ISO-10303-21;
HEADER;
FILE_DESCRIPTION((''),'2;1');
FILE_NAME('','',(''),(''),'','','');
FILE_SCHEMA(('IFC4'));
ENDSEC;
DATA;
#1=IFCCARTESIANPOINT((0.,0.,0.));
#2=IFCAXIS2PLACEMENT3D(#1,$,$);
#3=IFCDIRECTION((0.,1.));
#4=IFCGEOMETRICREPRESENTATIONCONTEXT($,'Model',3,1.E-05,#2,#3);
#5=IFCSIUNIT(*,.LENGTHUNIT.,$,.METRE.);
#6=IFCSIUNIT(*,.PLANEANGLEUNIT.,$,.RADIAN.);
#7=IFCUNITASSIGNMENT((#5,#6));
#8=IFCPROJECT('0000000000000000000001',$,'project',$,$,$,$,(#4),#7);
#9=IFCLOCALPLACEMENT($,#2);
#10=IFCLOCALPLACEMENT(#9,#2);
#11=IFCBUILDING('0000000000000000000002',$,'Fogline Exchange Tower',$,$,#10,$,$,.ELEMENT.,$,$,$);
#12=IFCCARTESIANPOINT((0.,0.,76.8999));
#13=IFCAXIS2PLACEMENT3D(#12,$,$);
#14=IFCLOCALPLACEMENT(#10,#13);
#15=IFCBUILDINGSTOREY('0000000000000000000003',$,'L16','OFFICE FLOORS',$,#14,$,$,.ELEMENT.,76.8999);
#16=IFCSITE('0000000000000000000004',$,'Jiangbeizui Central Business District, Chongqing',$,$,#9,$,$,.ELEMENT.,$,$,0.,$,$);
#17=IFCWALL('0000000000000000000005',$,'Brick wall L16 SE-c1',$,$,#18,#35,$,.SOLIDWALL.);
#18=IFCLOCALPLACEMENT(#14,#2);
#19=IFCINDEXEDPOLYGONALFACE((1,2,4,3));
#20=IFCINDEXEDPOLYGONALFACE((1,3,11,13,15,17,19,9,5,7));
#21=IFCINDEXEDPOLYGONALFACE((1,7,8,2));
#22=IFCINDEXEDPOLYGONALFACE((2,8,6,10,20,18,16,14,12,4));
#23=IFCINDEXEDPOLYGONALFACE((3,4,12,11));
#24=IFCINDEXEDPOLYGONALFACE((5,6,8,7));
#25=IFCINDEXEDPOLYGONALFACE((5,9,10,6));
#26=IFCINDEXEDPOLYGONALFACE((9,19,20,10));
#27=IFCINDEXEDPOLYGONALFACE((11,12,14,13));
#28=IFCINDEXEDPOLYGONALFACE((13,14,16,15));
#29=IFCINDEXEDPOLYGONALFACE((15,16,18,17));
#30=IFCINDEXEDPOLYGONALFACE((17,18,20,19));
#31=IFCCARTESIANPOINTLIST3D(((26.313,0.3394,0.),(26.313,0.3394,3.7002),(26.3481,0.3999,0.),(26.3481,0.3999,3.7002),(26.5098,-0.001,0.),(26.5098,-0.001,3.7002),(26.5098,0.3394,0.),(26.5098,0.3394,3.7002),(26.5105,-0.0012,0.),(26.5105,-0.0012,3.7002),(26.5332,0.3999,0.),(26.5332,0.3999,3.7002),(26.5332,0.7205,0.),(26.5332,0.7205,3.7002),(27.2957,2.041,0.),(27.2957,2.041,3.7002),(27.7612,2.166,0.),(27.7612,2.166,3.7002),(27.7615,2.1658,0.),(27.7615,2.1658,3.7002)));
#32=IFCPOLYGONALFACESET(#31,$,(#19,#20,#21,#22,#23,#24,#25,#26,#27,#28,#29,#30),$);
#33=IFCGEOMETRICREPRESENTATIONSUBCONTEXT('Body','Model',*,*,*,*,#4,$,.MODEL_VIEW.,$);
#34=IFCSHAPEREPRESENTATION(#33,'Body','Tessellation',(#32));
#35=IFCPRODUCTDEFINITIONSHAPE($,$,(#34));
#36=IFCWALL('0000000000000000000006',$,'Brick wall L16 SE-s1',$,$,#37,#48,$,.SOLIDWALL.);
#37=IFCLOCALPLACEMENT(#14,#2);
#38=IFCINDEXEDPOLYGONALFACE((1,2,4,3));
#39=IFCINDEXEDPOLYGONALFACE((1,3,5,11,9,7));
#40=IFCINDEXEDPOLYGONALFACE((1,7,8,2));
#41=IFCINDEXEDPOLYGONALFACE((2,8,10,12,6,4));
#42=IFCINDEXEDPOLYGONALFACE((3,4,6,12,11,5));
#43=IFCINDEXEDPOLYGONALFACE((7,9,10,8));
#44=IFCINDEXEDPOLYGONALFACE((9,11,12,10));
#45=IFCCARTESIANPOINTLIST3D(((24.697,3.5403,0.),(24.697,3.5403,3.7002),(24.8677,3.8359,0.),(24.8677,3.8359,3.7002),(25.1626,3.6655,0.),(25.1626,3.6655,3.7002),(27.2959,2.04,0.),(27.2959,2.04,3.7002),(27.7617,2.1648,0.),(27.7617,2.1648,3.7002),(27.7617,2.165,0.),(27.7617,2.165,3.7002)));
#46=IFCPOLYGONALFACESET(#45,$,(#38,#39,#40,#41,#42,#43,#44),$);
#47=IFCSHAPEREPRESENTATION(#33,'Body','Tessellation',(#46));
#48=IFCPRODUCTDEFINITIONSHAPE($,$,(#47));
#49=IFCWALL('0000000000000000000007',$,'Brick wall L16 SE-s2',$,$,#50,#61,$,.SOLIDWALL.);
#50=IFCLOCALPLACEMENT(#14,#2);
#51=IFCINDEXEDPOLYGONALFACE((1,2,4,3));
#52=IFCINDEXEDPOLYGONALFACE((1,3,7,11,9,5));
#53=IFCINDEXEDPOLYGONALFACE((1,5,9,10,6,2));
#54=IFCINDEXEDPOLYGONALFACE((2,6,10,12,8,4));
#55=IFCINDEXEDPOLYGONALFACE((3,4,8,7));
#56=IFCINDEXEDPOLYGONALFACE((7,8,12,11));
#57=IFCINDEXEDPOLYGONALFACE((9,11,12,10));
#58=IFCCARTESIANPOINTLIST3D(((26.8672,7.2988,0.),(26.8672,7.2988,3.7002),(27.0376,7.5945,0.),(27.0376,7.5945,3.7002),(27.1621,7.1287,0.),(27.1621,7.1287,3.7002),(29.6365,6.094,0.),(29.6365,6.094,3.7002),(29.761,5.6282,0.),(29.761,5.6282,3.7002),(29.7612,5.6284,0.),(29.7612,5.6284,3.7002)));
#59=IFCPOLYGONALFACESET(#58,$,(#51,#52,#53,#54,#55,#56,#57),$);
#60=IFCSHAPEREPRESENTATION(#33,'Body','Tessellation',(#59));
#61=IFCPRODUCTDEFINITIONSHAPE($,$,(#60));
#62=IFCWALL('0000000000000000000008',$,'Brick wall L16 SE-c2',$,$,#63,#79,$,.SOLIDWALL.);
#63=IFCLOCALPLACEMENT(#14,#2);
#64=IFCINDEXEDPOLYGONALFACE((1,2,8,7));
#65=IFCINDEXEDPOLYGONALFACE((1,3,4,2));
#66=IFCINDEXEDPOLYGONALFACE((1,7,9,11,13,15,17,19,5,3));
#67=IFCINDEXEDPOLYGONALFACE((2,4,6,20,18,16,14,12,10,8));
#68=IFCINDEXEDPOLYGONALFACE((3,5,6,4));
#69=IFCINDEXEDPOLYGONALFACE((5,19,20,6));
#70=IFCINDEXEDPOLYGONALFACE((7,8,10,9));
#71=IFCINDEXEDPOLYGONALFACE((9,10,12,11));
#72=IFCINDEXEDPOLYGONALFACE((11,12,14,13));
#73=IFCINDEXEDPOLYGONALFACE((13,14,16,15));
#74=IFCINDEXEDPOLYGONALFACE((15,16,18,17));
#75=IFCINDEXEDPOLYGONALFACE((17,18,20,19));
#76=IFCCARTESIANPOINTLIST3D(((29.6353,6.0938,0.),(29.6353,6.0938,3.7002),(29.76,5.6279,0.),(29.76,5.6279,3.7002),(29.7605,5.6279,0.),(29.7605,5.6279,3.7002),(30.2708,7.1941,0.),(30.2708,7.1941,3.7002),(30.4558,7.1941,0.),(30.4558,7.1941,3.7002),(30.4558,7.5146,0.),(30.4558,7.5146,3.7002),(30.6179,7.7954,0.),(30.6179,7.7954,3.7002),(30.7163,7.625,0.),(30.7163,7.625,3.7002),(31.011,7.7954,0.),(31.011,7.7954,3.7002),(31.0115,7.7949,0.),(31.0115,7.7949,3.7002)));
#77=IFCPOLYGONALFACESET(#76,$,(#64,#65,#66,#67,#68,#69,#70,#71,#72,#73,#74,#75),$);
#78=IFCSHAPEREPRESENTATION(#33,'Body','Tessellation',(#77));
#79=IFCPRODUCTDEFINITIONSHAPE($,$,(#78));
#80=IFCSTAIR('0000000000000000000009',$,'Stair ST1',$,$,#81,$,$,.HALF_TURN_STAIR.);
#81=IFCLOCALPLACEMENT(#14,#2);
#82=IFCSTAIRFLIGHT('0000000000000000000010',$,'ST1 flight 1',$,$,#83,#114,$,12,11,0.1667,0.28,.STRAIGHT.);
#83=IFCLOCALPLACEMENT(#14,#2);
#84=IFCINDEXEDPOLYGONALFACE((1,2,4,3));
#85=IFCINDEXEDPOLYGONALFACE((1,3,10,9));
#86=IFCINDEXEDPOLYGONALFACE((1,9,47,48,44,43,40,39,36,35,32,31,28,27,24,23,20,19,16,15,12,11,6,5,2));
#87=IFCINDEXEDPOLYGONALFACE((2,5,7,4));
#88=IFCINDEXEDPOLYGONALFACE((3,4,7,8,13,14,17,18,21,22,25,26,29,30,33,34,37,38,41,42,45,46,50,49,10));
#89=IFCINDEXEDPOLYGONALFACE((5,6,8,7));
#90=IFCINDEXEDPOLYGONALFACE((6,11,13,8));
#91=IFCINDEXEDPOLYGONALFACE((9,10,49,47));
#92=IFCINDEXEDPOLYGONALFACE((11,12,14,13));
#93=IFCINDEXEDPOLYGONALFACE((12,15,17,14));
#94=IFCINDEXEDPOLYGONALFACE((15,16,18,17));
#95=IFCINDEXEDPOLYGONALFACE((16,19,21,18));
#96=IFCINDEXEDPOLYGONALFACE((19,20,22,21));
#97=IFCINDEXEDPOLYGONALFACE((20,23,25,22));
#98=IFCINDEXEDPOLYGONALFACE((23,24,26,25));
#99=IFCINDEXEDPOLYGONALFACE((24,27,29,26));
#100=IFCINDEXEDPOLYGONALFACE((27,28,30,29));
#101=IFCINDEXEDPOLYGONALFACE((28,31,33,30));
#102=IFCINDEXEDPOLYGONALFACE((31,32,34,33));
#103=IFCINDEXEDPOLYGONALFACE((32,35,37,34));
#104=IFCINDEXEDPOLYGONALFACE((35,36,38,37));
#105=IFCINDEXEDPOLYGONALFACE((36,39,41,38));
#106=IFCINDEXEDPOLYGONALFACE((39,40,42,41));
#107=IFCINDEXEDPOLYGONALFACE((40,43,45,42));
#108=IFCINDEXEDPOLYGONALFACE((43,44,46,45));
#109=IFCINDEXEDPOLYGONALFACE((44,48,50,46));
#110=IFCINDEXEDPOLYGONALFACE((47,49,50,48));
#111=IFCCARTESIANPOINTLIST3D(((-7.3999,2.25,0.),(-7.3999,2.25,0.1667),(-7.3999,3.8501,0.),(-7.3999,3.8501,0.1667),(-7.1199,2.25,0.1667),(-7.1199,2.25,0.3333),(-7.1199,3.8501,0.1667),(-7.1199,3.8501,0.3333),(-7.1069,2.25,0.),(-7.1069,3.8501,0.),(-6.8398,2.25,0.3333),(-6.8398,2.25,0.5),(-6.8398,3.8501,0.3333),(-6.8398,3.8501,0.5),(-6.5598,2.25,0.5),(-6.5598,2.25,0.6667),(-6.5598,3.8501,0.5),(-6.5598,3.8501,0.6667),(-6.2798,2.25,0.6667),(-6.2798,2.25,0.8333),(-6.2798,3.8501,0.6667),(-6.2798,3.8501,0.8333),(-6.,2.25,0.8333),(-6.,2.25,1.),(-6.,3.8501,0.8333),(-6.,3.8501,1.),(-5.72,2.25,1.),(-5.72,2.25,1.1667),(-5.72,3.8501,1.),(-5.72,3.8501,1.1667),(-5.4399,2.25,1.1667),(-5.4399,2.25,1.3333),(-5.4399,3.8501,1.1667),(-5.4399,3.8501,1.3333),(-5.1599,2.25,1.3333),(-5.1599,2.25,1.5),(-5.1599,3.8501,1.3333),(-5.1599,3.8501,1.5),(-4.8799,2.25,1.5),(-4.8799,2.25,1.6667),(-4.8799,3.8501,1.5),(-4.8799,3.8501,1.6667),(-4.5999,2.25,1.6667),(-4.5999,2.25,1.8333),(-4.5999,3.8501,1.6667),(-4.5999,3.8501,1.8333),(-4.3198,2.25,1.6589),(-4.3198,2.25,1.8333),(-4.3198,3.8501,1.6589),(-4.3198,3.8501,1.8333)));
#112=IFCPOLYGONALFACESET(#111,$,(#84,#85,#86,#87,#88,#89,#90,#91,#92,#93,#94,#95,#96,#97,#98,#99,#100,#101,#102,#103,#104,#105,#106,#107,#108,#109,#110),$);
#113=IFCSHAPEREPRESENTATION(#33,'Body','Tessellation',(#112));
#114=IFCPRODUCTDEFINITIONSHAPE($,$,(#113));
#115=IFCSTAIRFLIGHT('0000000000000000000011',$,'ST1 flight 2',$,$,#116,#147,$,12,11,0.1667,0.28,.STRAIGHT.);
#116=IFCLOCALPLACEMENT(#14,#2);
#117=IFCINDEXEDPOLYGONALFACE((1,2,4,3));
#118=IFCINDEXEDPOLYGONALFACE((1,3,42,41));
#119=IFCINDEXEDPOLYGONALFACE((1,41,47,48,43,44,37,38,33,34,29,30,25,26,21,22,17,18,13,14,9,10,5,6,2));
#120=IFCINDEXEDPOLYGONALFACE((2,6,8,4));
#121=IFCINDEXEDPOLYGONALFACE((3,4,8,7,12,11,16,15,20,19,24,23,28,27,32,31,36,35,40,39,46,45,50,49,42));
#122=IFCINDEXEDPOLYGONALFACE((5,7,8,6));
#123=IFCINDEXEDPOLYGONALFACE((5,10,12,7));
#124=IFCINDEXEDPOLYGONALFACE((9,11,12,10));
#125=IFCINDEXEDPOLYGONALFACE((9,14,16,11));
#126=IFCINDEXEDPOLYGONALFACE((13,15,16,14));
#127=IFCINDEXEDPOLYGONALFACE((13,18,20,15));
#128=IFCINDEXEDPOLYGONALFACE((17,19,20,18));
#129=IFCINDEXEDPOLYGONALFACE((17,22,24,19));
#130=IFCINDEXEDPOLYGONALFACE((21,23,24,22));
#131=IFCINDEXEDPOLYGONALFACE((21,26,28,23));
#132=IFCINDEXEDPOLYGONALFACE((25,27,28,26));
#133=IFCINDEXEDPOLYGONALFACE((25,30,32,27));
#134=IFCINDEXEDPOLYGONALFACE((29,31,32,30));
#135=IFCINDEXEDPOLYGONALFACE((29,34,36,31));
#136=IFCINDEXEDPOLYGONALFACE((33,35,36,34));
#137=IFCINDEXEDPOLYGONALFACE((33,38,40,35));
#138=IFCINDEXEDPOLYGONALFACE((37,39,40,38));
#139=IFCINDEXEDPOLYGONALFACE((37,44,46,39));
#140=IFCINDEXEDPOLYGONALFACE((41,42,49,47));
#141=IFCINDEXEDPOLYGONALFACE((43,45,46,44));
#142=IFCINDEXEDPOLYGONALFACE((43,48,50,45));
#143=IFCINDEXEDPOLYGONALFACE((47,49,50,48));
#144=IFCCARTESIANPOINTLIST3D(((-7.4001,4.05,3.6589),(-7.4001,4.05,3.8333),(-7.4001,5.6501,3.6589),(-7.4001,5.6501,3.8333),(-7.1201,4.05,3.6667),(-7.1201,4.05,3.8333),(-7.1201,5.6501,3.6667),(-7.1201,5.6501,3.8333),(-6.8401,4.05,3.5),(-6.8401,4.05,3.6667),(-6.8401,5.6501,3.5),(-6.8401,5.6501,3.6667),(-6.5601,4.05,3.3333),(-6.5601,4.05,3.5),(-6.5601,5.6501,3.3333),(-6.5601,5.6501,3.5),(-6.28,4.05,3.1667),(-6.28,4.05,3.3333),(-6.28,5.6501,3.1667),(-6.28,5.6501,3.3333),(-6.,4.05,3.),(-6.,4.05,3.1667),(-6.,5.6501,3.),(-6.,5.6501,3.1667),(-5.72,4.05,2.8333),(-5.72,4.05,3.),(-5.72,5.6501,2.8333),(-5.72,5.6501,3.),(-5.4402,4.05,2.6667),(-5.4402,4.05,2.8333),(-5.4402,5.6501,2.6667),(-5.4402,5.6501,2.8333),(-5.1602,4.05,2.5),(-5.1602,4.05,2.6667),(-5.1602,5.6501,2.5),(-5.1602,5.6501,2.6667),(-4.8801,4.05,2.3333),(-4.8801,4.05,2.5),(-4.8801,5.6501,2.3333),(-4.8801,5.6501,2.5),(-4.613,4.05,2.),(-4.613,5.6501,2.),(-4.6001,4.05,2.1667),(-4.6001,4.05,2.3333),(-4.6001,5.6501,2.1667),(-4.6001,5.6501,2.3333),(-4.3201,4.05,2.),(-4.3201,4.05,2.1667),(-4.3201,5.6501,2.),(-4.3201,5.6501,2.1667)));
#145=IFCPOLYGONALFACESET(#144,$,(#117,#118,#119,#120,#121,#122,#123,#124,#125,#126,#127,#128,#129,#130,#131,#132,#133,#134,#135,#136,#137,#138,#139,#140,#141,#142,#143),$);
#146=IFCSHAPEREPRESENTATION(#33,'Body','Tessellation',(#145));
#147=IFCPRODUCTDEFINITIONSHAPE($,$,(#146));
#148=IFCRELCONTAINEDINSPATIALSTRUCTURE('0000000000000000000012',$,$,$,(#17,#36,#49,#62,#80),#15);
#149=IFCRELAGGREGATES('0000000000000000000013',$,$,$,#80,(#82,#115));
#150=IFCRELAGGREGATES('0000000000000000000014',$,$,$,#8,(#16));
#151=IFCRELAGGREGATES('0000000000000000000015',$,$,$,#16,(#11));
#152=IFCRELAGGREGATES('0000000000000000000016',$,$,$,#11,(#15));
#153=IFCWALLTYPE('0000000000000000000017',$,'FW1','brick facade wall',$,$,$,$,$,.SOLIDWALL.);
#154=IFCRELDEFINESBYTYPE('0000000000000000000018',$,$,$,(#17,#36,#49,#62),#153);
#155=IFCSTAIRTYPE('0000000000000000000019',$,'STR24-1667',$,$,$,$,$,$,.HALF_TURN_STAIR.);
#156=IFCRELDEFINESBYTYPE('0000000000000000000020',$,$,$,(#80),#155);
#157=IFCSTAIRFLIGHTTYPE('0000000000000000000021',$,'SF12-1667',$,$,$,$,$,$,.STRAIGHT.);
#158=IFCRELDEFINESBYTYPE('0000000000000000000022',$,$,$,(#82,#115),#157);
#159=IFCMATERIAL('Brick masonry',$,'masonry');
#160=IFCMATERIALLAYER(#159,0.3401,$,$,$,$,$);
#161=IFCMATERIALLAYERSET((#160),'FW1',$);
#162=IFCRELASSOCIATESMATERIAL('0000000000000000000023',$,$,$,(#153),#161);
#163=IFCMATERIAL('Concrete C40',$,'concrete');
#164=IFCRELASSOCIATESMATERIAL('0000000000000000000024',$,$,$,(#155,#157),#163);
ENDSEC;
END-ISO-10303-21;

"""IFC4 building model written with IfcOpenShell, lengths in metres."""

from ifc_helpers import new_model, si_unit, direction, frame, origin, place, context, subcontext, project, spatial, polyline, outline, extrude, material, layer, layer_set, type_object, element, aggregate, save


model = new_model("IFC4")

# Units and contexts
model_context = context("Model", 3, precision=1e-05, world=origin(), true_north=direction((0.0, 1.0)))
body_context = subcontext(model_context, "Body", "Model", "MODEL_VIEW")
ifc_project = project(units=[si_unit("LENGTHUNIT", "METRE"), si_unit("PLANEANGLEUNIT", "RADIAN")], contexts=[model_context])

# Site, building, storey
site_placement = place(None, origin())
site = spatial("IfcSite", under=ifc_project, at=site_placement, Name="Jiangbeizui Central Business District, Chongqing", CompositionType="ELEMENT", RefElevation=0.0)
building_placement = place(site_placement, origin())
building = spatial("IfcBuilding", under=site, at=building_placement, Name="Fogline Exchange Tower", CompositionType="ELEMENT")
storey_placement = place(building_placement, frame((0.0, 0.0, 76.8999)))
storey = spatial("IfcBuildingStorey", under=building, at=storey_placement, Name="L16", Description="OFFICE FLOORS", CompositionType="ELEMENT", Elevation=76.8999)

# Shared definitions
ifc_material_1 = material(Name="Concrete C40", Category="concrete")

# Walls
ifc_material_2 = material(Name="Brick masonry", Category="masonry")
ifc_layer_1 = layer(ifc_material_2, 0.3401)
ifc_layer_set_1 = layer_set([ifc_layer_1], Name="FW1")
wall_type_1 = type_object("IfcWallType", Name="FW1", Description="brick facade wall", PredefinedType="SOLIDWALL", material=ifc_layer_set_1)
wall_1_placement = place(storey_placement, origin())
element("IfcWall", 1, at=wall_1_placement, inside=storey, type_object=wall_type_1, Name="Brick wall L16 SE-c1", PredefinedType="SOLIDWALL", context=body_context, shape_type="SweptSolid", body=[
    extrude(outline(polyline([(27.7615, 2.1658), (26.5105, -0.0012), (26.5098, -0.001), (26.5098, 0.3394), (26.313, 0.3394), (26.3481, 0.3999), (26.5332, 0.3999), (26.5332, 0.7205), (27.2957, 2.041), (27.7612, 2.166), (27.7615, 2.1658)])), origin(), (0.0, 0.0, 1.0), 3.7002),
])
wall_2_placement = place(storey_placement, origin())
element("IfcWall", 2, at=wall_2_placement, inside=storey, type_object=wall_type_1, Name="Brick wall L16 SE-s1", PredefinedType="SOLIDWALL", context=body_context, shape_type="SweptSolid", body=[
    extrude(outline(polyline([(24.697, 3.5403), (24.8677, 3.8359), (25.1626, 3.6655), (27.7617, 2.165), (27.7617, 2.1648), (27.2959, 2.04), (24.697, 3.5403)])), origin(), (0.0, 0.0, 1.0), 3.7002),
])
wall_3_placement = place(storey_placement, origin())
element("IfcWall", 3, at=wall_3_placement, inside=storey, type_object=wall_type_1, Name="Brick wall L16 SE-s2", PredefinedType="SOLIDWALL", context=body_context, shape_type="SweptSolid", body=[
    extrude(outline(polyline([(29.761, 5.6282), (27.1621, 7.1287), (26.8672, 7.2988), (27.0376, 7.5945), (29.6365, 6.094), (29.7612, 5.6284), (29.761, 5.6282)])), origin(), (0.0, 0.0, 1.0), 3.7002),
])
wall_4_placement = place(storey_placement, origin())
element("IfcWall", 4, at=wall_4_placement, inside=storey, type_object=wall_type_1, Name="Brick wall L16 SE-c2", PredefinedType="SOLIDWALL", context=body_context, shape_type="SweptSolid", body=[
    extrude(outline(polyline([(30.2708, 7.1941), (30.4558, 7.1941), (30.4558, 7.5146), (30.6179, 7.7954), (30.7163, 7.625), (31.011, 7.7954), (31.0115, 7.7949), (29.7605, 5.6279), (29.76, 5.6279), (29.6353, 6.0938), (30.2708, 7.1941)])), origin(), (0.0, 0.0, 1.0), 3.7002),
])

# Stair, stair flights
stair_type = type_object("IfcStairType", Name="STR24-1667", PredefinedType="HALF_TURN_STAIR", material=ifc_material_1)
stair_placement = place(storey_placement, origin())
stair = element("IfcStair", 5, at=stair_placement, inside=storey, type_object=stair_type, Name="Stair ST1", PredefinedType="HALF_TURN_STAIR")
stair_flight_type = type_object("IfcStairFlightType", Name="SF12-1667", PredefinedType="STRAIGHT", material=ifc_material_1)
stair_flight_1_placement = place(storey_placement, frame((-7.3999, 3.05, 0.0), z_axis=(0.0, 0.0, 1.0), x_axis=(1.0, 0.0, 0.0)))
stair_flight_1 = element("IfcStairFlight", 6, at=stair_flight_1_placement, type_object=stair_flight_type, Name="ST1 flight 1", NumberOfRisers=12, NumberOfTreads=11, PredefinedType="STRAIGHT", RiserHeight=0.1667, TreadLength=0.28, context=body_context, shape_type="SweptSolid", body=[
    extrude(outline(polyline([(0.0, 0.0), (0.0, 0.1667), (0.28, 0.1667), (0.28, 0.3333), (0.5601, 0.3333), (0.5601, 0.5), (0.8401, 0.5), (0.8401, 0.6667), (1.1201, 0.6667), (1.1201, 0.8333), (1.3999, 0.8333), (1.3999, 1.0), (1.6799, 1.0), (1.6799, 1.1667), (1.96, 1.1667), (1.96, 1.3333), (2.24, 1.3333), (2.24, 1.5), (2.52, 1.5), (2.52, 1.6667), (2.8, 1.6667), (2.8, 1.8333), (3.0801, 1.8333), (3.0801, 2.0), (3.0801, 1.6589), (0.293, 0.0), (0.0, 0.0)])), frame((0.0, 0.8, 0.0), z_axis=(0.0, -1.0, 0.0), x_axis=(1.0, 0.0, 0.0)), (0.0, 0.0, 1.0), 1.6001),
])
stair_flight_2_placement = place(storey_placement, frame((-4.3201, 4.8501, 2.0), z_axis=(0.0, 0.0, 1.0), x_axis=(-1.0, 0.0, 0.0)))
stair_flight_2 = element("IfcStairFlight", 7, at=stair_flight_2_placement, type_object=stair_flight_type, Name="ST1 flight 2", NumberOfRisers=12, NumberOfTreads=11, PredefinedType="STRAIGHT", RiserHeight=0.1667, TreadLength=0.28, context=body_context, shape_type="SweptSolid", body=[
    extrude(outline(polyline([(0.0, 0.0), (0.0, 0.1667), (0.28, 0.1667), (0.28, 0.3333), (0.5601, 0.3333), (0.5601, 0.5), (0.8401, 0.5), (0.8401, 0.6667), (1.1201, 0.6667), (1.1201, 0.8333), (1.3999, 0.8333), (1.3999, 1.0), (1.6799, 1.0), (1.6799, 1.1667), (1.96, 1.1667), (1.96, 1.3333), (2.24, 1.3333), (2.24, 1.5), (2.52, 1.5), (2.52, 1.6667), (2.8, 1.6667), (2.8, 1.8333), (3.0801, 1.8333), (3.0801, 2.0), (3.0801, 1.6589), (0.293, 0.0), (0.0, 0.0)])), frame((0.0, 0.8, 0.0), z_axis=(0.0, -1.0, 0.0), x_axis=(1.0, 0.0, 0.0)), (0.0, 0.0, 1.0), 1.6001),
])
aggregate(stair, [stair_flight_1, stair_flight_2])

save(model, "model.ifc")
